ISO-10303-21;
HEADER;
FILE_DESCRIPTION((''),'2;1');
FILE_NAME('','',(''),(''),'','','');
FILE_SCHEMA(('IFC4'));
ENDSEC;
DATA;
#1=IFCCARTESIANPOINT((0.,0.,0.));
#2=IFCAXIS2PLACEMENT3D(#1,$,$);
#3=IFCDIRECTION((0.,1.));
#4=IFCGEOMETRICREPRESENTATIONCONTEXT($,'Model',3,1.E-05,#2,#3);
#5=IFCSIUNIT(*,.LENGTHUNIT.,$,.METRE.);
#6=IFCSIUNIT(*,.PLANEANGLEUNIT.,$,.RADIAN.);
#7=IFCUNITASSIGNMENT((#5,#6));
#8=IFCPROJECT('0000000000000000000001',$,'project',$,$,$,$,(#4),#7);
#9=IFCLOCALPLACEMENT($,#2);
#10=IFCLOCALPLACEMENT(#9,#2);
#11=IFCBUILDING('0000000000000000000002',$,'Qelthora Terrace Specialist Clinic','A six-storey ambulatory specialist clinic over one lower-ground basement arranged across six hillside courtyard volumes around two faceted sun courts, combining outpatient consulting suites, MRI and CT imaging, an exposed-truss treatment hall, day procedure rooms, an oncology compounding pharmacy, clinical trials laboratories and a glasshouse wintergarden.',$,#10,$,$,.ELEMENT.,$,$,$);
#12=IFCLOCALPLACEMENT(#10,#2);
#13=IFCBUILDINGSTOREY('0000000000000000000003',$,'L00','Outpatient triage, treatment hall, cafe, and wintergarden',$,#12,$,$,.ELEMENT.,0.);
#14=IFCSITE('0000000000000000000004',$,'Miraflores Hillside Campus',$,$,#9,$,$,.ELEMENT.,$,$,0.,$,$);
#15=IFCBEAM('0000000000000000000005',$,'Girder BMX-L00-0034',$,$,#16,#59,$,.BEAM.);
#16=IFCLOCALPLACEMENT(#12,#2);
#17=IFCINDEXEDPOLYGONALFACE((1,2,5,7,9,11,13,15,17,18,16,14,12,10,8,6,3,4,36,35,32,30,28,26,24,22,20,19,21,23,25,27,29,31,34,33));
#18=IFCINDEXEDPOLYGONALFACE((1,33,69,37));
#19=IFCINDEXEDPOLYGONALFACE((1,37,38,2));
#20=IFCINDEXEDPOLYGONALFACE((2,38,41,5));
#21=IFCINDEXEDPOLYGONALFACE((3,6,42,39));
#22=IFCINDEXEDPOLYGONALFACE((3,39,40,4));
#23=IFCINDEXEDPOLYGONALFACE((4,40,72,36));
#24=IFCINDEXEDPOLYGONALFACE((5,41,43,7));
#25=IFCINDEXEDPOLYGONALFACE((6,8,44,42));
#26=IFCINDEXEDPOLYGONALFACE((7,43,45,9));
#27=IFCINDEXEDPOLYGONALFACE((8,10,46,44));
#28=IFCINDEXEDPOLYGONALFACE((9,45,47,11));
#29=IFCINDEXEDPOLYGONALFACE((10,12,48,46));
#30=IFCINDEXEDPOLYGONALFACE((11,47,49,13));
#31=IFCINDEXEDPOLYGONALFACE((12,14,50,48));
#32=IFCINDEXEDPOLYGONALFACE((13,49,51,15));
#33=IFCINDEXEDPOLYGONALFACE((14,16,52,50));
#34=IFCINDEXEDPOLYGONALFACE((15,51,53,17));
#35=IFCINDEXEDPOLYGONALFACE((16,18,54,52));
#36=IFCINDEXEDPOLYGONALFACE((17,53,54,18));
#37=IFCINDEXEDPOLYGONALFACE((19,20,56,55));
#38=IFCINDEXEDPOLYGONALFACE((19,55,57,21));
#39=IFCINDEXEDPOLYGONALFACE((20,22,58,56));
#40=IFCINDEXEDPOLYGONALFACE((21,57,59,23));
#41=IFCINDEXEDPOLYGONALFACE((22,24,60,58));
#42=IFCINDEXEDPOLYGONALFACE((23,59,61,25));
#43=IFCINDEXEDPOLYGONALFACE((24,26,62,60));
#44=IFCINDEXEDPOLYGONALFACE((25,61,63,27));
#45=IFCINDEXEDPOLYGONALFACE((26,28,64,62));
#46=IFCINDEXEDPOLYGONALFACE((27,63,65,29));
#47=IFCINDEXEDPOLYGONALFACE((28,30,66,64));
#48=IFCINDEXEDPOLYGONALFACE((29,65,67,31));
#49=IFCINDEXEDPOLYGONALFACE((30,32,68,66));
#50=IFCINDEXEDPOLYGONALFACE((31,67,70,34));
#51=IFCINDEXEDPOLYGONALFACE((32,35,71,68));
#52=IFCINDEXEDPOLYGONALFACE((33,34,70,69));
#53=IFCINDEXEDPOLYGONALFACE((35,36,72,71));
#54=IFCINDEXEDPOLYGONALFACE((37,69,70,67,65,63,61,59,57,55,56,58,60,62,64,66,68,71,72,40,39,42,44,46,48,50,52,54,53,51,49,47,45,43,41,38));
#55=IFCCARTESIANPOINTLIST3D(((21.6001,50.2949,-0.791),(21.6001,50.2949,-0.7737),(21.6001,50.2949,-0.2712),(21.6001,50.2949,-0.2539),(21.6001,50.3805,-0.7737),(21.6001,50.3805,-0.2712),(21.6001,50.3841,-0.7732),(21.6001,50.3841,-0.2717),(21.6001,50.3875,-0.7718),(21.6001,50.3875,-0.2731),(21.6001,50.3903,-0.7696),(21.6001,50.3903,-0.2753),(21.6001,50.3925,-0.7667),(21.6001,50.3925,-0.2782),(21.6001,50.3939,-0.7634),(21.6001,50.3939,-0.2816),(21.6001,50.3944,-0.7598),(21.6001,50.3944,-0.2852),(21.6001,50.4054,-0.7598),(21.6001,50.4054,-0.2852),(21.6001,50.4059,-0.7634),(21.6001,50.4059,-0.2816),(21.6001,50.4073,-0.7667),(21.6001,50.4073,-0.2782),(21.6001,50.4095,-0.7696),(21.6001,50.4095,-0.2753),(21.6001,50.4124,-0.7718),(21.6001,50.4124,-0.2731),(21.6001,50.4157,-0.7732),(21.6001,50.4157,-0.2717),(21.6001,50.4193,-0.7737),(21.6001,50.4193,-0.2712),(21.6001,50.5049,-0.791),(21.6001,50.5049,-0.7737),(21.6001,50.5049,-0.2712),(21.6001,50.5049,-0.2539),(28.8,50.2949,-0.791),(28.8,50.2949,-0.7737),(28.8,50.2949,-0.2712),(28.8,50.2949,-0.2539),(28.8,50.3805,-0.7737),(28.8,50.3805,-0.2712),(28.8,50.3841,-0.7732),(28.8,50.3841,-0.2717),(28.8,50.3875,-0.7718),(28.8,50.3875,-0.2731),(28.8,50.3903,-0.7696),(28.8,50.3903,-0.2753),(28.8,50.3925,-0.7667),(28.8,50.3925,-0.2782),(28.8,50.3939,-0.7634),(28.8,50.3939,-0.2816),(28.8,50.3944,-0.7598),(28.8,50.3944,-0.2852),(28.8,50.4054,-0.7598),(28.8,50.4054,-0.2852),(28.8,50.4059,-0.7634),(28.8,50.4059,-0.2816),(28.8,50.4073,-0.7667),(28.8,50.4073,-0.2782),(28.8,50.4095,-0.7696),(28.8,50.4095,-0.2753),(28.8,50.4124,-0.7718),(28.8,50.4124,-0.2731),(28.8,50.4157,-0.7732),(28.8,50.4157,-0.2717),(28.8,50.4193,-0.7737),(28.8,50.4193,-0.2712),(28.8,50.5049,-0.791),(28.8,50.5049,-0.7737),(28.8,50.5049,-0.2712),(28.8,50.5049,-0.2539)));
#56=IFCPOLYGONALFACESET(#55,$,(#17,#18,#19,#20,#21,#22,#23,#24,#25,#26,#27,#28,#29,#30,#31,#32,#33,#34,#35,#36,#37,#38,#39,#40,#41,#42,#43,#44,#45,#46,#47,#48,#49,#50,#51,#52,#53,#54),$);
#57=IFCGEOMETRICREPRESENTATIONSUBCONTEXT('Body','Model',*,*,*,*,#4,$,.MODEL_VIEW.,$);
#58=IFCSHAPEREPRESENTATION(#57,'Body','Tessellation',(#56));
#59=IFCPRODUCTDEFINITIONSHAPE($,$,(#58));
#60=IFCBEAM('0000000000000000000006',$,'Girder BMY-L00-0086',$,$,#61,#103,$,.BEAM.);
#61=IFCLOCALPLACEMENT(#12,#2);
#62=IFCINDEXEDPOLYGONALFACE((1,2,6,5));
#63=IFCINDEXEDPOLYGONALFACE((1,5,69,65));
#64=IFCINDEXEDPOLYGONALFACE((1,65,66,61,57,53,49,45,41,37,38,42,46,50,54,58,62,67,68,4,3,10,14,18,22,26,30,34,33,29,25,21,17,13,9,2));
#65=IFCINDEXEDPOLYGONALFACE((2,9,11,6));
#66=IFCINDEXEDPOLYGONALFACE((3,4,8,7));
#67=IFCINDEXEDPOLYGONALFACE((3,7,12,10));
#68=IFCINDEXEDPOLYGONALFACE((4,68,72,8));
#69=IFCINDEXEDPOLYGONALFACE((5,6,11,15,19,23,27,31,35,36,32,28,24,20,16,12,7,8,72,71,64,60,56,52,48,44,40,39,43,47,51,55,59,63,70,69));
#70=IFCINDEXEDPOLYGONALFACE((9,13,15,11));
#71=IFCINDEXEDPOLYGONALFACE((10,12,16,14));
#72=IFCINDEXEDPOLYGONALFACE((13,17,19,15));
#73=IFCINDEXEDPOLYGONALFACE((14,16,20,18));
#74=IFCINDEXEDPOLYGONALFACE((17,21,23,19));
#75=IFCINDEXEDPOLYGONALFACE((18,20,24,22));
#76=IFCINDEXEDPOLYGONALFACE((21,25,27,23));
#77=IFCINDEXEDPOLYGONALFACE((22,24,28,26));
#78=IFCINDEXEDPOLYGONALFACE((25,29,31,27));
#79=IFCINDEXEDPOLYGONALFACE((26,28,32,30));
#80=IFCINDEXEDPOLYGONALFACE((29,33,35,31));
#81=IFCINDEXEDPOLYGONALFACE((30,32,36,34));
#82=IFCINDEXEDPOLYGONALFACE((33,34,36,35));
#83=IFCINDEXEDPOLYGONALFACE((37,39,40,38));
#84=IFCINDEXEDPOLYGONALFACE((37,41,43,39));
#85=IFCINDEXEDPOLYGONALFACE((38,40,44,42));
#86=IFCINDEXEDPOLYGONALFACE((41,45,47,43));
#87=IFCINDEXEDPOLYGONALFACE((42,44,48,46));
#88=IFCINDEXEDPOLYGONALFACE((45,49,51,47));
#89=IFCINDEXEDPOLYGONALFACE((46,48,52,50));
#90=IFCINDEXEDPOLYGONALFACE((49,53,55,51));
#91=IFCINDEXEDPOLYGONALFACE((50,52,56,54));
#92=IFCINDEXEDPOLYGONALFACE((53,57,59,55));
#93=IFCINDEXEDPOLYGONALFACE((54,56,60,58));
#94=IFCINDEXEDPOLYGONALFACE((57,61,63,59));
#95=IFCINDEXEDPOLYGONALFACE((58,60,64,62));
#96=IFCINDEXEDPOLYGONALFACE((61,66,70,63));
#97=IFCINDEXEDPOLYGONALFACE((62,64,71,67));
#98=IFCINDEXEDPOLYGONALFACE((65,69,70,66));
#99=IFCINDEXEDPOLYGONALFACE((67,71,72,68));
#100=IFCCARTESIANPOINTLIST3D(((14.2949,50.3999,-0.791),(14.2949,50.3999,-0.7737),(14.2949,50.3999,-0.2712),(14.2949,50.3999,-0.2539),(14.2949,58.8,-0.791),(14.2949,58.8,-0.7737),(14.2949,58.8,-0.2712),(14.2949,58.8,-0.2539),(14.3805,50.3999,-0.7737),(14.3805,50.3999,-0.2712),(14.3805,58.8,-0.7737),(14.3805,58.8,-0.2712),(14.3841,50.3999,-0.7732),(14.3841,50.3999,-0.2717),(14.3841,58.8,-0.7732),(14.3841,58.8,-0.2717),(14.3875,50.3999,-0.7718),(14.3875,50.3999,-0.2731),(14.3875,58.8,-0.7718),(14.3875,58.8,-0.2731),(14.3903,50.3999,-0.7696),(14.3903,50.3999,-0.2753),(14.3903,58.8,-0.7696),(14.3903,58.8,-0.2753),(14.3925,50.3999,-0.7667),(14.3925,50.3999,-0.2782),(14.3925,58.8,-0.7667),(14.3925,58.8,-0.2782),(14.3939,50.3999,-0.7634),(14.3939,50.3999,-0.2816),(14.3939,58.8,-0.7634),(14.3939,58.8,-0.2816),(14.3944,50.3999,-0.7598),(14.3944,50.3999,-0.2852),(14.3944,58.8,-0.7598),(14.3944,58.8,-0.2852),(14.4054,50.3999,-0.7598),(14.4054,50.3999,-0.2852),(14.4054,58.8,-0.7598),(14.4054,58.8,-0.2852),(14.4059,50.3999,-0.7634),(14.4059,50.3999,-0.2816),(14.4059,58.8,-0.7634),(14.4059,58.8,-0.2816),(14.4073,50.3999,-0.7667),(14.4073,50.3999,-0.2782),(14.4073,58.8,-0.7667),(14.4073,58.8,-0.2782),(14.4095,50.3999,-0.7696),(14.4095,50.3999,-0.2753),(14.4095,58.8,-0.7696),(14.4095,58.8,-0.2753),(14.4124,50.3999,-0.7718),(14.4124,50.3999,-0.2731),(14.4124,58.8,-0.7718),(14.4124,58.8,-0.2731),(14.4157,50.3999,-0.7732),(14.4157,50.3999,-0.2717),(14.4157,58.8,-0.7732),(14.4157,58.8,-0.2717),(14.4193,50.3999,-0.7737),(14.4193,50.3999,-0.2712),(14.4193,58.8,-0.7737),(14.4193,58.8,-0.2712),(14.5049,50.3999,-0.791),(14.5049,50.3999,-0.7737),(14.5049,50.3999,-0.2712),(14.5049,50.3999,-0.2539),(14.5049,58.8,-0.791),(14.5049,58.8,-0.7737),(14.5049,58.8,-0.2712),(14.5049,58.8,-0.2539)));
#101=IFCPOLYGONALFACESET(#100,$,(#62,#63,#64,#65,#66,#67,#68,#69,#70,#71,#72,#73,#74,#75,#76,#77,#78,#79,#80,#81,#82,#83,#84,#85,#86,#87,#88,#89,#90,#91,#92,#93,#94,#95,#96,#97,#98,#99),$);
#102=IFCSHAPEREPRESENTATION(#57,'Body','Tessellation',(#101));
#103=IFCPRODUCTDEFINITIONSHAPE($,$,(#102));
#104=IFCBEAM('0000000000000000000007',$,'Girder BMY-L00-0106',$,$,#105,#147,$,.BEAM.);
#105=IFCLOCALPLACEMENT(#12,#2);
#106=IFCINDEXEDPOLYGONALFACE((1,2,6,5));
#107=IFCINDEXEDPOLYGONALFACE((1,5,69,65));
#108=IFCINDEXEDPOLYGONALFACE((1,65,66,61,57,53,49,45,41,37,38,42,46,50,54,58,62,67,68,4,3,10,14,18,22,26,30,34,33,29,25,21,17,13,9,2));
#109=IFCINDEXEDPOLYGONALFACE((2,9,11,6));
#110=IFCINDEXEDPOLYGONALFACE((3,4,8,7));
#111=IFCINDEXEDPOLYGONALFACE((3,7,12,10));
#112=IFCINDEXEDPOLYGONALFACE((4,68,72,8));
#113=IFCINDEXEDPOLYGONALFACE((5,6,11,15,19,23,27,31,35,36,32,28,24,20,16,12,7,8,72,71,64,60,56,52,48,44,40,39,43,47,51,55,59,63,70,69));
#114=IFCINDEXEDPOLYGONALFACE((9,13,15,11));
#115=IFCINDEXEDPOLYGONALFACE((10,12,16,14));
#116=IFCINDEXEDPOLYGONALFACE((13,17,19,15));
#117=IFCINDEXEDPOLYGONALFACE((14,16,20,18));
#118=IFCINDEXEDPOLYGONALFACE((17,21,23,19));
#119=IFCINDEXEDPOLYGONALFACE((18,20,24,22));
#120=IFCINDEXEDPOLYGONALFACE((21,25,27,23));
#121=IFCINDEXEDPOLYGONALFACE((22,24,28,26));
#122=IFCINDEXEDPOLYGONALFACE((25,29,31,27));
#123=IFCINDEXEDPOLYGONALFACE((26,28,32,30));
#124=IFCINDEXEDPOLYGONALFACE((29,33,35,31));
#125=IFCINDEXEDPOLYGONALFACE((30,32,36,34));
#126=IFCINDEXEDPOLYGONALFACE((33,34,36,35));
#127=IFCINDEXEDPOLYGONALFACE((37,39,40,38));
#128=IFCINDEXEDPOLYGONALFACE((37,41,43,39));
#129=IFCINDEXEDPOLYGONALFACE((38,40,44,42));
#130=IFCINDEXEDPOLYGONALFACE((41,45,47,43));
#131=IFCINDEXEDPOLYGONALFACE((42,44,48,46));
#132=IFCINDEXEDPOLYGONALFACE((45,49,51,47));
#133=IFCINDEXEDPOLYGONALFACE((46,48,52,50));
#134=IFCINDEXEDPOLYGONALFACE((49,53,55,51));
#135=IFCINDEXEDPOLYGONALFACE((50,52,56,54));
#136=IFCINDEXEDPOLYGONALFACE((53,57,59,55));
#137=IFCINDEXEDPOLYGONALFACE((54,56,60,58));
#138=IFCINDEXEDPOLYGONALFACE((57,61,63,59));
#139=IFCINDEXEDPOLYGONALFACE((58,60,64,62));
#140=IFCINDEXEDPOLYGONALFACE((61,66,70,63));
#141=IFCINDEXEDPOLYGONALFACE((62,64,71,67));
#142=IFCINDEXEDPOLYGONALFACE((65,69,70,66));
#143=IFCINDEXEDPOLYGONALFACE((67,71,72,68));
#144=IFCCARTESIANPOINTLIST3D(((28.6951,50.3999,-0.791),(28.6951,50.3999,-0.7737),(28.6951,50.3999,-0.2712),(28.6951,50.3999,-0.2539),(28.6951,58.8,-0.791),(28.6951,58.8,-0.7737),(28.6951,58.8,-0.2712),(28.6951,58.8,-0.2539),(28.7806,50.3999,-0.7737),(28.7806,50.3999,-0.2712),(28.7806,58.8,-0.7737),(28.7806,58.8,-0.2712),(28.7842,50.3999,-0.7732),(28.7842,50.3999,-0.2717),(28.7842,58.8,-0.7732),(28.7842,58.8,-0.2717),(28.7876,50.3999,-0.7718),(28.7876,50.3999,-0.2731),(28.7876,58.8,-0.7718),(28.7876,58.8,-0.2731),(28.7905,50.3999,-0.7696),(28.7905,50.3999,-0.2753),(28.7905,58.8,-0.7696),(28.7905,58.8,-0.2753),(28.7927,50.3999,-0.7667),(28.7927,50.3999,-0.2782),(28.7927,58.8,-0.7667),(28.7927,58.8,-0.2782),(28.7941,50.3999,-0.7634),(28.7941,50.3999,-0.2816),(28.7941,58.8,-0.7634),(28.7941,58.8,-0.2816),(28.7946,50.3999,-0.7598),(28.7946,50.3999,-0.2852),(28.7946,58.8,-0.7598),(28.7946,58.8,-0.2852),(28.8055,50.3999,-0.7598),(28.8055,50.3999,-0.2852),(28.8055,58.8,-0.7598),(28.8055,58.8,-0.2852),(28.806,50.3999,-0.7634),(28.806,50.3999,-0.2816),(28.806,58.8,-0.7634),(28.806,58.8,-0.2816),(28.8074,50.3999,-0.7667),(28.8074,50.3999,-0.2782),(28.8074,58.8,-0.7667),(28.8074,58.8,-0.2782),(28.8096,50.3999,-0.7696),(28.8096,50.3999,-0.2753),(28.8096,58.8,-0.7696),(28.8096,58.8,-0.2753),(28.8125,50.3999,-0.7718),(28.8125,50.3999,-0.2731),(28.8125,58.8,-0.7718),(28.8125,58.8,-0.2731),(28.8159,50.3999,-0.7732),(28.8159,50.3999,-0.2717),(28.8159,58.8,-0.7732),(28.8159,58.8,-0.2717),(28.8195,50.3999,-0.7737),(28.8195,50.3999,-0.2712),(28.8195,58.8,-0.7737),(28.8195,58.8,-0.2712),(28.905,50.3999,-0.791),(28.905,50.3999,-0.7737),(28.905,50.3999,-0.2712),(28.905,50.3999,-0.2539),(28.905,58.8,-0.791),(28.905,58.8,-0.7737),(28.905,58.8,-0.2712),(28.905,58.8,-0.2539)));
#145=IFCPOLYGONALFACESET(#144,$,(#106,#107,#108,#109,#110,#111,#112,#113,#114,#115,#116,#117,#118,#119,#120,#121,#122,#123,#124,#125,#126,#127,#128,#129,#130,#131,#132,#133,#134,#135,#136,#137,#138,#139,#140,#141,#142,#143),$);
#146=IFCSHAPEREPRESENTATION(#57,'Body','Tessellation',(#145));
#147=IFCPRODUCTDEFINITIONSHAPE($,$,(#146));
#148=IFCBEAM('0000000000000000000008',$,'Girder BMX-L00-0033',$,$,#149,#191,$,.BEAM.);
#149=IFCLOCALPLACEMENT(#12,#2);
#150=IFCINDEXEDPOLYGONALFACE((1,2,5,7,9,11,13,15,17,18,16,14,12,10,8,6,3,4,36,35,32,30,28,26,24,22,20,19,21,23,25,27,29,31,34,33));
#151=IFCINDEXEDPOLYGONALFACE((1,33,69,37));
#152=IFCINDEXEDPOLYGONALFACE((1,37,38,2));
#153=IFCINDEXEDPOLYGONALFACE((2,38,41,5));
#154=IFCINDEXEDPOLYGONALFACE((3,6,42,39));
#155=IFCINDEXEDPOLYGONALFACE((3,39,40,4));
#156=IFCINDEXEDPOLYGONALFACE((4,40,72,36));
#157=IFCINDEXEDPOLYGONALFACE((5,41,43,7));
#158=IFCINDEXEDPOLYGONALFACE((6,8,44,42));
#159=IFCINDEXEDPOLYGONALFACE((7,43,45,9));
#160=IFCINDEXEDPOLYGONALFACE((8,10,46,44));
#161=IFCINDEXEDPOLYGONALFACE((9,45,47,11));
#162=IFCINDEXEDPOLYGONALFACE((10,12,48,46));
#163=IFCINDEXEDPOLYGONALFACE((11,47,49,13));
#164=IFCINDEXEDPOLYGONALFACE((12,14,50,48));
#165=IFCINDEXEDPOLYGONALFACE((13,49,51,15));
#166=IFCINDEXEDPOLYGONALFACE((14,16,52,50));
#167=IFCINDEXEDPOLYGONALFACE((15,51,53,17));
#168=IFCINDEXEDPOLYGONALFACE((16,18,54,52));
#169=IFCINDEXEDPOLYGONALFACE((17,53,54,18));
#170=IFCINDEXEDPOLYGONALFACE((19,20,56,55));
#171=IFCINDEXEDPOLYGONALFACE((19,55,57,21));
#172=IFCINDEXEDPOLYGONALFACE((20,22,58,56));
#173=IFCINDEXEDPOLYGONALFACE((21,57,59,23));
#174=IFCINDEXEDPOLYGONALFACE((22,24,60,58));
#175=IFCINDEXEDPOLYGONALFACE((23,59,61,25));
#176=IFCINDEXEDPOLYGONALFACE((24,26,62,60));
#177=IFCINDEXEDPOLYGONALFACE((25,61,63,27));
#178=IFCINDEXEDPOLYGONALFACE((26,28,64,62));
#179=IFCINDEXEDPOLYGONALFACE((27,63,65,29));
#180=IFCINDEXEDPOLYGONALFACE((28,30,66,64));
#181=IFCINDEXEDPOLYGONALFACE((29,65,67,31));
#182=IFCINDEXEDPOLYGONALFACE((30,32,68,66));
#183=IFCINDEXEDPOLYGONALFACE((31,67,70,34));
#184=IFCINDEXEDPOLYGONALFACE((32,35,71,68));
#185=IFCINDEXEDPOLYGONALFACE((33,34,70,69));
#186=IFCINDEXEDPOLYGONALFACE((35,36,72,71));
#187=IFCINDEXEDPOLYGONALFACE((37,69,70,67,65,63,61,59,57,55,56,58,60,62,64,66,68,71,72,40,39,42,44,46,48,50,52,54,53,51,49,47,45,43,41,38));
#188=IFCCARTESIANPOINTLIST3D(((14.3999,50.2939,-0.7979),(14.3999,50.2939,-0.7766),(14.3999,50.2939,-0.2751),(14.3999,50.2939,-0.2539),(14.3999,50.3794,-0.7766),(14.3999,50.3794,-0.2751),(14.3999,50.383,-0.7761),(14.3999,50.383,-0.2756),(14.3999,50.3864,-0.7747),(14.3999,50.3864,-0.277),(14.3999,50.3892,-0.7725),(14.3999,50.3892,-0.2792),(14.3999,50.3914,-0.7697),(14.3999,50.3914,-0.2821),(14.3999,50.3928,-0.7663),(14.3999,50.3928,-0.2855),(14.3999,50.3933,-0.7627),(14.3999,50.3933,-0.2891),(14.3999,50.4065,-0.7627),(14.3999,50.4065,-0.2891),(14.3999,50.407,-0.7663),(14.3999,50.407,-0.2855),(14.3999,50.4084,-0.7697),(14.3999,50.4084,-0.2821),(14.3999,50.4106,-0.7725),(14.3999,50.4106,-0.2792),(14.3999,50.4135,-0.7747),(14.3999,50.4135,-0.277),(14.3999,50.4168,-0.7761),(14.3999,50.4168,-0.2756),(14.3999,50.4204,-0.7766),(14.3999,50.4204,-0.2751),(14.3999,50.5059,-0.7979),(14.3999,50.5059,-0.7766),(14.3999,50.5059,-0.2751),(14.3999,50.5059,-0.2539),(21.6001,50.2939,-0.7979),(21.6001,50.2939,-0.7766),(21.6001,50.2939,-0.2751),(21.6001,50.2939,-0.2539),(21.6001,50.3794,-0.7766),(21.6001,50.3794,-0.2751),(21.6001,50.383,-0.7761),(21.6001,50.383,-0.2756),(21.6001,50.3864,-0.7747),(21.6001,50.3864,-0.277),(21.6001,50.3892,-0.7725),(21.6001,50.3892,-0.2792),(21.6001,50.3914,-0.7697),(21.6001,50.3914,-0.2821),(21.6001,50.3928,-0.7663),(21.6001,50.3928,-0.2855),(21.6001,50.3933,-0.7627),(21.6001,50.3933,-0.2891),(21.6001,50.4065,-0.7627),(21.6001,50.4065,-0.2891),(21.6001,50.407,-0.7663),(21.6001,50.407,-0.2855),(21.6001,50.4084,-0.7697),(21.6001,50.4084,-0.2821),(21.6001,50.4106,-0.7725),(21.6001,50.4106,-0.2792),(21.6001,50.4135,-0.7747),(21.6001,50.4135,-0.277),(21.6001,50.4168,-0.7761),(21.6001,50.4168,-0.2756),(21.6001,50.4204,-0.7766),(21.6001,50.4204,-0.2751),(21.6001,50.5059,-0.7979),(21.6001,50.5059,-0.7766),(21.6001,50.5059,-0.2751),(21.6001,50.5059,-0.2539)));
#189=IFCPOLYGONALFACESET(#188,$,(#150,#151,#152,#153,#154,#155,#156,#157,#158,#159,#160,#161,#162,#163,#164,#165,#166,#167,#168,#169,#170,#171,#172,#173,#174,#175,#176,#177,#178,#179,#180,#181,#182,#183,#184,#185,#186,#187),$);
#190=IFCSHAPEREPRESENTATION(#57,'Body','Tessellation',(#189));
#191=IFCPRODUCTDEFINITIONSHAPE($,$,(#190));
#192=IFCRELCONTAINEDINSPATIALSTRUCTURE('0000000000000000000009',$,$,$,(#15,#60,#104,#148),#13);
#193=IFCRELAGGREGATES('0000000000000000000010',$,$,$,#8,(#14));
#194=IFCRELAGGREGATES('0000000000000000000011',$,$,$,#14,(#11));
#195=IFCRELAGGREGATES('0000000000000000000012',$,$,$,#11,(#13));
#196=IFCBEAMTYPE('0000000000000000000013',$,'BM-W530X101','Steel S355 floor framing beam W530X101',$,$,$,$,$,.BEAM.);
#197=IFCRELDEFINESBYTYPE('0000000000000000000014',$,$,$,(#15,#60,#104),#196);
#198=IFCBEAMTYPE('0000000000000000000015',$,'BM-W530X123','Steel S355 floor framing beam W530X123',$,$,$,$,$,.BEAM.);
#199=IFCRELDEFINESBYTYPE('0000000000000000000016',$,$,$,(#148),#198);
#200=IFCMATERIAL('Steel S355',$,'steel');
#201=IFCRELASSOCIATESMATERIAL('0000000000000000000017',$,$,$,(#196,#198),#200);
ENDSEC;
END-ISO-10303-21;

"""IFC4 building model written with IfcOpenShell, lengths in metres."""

from ifc_helpers import new_model, si_unit, direction, frame, origin, origin_2d, place, context, subcontext, project, spatial, i_section, extrude, material, material_profile, profile_set, type_object, element, save


model = new_model("IFC4")

# Units and contexts
model_context = context("Model", 3, precision=1e-05, world=origin(), true_north=direction((0.0, 1.0)))
body_context = subcontext(model_context, "Body", "Model", "MODEL_VIEW")
ifc_project = project(units=[si_unit("LENGTHUNIT", "METRE"), si_unit("PLANEANGLEUNIT", "RADIAN")], contexts=[model_context])

# Site, building, storey
site_placement = place(None, origin())
site = spatial("IfcSite", under=ifc_project, at=site_placement, Name="Miraflores Hillside Campus", CompositionType="ELEMENT", RefElevation=0.0)
building_placement = place(site_placement, origin())
building = spatial("IfcBuilding", under=site, at=building_placement, Name="Qelthora Terrace Specialist Clinic", Description="A six-storey ambulatory specialist clinic over one lower-ground basement arranged across six hillside courtyard volumes around two faceted sun courts, combining outpatient consulting suites, MRI and CT imaging, an exposed-truss treatment hall, day procedure rooms, an oncology compounding pharmacy, clinical trials laboratories and a glasshouse wintergarden.", CompositionType="ELEMENT")
storey_placement = place(building_placement, origin())
storey = spatial("IfcBuildingStorey", under=building, at=storey_placement, Name="L00", Description="Outpatient triage, treatment hall, cafe, and wintergarden", CompositionType="ELEMENT", Elevation=0.0)

# Shared definitions
ifc_material_1 = material(Name="Steel S355", Category="steel")

# Beams
ifc_material_profile_1 = material_profile(ifc_material_1, i_section(OverallWidth=0.21, OverallDepth=0.5371, WebThickness=0.011, FlangeThickness=0.0173, FilletRadius=0.0139, at=origin_2d()), Name="W530X101")
ifc_profile_set_1 = profile_set([ifc_material_profile_1], Name="Steel S355")
beam_type_1 = type_object("IfcBeamType", Name="BM-W530X101", Description="Steel S355 floor framing beam W530X101", PredefinedType="BEAM", material=ifc_profile_set_1)
beam_1_placement = place(storey_placement, frame((21.6001, 50.3999, -0.5225), z_axis=(1.0, 0.0, 0.0), x_axis=(0.0, 1.0, 0.0)))
element("IfcBeam", 1, at=beam_1_placement, inside=storey, type_object=beam_type_1, Name="Girder BMX-L00-0034", PredefinedType="BEAM", context=body_context, shape_type="SweptSolid", body=[
    extrude(i_section(OverallWidth=0.21, OverallDepth=0.5371, WebThickness=0.011, FlangeThickness=0.0173, FilletRadius=0.0139, at=origin_2d()), origin(), (0.0, 0.0, 1.0), 7.2),
])
for number, where, z_axis, x_axis, name in (
    (2, (14.3999, 50.3999, -0.5225), (0.0, 1.0, 0.0), (-1.0, 0.0, 0.0), "Girder BMY-L00-0086"),
    (3, (28.8, 50.3999, -0.5225), (0.0, 1.0, 0.0), (-1.0, 0.0, 0.0), "Girder BMY-L00-0106"),
):
    element("IfcBeam", number, at=place(storey_placement, frame(where, z_axis=z_axis, x_axis=x_axis)), inside=storey, type_object=beam_type_1, Name=name, PredefinedType="BEAM", context=body_context, shape_type="SweptSolid", body=[
        extrude(i_section(OverallWidth=0.21, OverallDepth=0.5371, WebThickness=0.011, FlangeThickness=0.0173, FilletRadius=0.0139, at=origin_2d()), origin(), (0.0, 0.0, 1.0), 8.4001),
    ])
ifc_material_profile_2 = material_profile(ifc_material_1, i_section(OverallWidth=0.2119, OverallDepth=0.5439, WebThickness=0.0132, FlangeThickness=0.0212, FilletRadius=0.0139, at=origin_2d()), Name="W530X123")
ifc_profile_set_2 = profile_set([ifc_material_profile_2], Name="Steel S355")
beam_type_2 = type_object("IfcBeamType", Name="BM-W530X123", Description="Steel S355 floor framing beam W530X123", PredefinedType="BEAM", material=ifc_profile_set_2)
beam_2_placement = place(storey_placement, frame((14.3999, 50.3999, -0.5259), z_axis=(1.0, 0.0, 0.0), x_axis=(0.0, 1.0, 0.0)))
element("IfcBeam", 4, at=beam_2_placement, inside=storey, type_object=beam_type_2, Name="Girder BMX-L00-0033", PredefinedType="BEAM", context=body_context, shape_type="SweptSolid", body=[
    extrude(i_section(OverallWidth=0.2119, OverallDepth=0.5439, WebThickness=0.0132, FlangeThickness=0.0212, FilletRadius=0.0139, at=origin_2d()), origin(), (0.0, 0.0, 1.0), 7.2002),
])

save(model, "model.ifc")
